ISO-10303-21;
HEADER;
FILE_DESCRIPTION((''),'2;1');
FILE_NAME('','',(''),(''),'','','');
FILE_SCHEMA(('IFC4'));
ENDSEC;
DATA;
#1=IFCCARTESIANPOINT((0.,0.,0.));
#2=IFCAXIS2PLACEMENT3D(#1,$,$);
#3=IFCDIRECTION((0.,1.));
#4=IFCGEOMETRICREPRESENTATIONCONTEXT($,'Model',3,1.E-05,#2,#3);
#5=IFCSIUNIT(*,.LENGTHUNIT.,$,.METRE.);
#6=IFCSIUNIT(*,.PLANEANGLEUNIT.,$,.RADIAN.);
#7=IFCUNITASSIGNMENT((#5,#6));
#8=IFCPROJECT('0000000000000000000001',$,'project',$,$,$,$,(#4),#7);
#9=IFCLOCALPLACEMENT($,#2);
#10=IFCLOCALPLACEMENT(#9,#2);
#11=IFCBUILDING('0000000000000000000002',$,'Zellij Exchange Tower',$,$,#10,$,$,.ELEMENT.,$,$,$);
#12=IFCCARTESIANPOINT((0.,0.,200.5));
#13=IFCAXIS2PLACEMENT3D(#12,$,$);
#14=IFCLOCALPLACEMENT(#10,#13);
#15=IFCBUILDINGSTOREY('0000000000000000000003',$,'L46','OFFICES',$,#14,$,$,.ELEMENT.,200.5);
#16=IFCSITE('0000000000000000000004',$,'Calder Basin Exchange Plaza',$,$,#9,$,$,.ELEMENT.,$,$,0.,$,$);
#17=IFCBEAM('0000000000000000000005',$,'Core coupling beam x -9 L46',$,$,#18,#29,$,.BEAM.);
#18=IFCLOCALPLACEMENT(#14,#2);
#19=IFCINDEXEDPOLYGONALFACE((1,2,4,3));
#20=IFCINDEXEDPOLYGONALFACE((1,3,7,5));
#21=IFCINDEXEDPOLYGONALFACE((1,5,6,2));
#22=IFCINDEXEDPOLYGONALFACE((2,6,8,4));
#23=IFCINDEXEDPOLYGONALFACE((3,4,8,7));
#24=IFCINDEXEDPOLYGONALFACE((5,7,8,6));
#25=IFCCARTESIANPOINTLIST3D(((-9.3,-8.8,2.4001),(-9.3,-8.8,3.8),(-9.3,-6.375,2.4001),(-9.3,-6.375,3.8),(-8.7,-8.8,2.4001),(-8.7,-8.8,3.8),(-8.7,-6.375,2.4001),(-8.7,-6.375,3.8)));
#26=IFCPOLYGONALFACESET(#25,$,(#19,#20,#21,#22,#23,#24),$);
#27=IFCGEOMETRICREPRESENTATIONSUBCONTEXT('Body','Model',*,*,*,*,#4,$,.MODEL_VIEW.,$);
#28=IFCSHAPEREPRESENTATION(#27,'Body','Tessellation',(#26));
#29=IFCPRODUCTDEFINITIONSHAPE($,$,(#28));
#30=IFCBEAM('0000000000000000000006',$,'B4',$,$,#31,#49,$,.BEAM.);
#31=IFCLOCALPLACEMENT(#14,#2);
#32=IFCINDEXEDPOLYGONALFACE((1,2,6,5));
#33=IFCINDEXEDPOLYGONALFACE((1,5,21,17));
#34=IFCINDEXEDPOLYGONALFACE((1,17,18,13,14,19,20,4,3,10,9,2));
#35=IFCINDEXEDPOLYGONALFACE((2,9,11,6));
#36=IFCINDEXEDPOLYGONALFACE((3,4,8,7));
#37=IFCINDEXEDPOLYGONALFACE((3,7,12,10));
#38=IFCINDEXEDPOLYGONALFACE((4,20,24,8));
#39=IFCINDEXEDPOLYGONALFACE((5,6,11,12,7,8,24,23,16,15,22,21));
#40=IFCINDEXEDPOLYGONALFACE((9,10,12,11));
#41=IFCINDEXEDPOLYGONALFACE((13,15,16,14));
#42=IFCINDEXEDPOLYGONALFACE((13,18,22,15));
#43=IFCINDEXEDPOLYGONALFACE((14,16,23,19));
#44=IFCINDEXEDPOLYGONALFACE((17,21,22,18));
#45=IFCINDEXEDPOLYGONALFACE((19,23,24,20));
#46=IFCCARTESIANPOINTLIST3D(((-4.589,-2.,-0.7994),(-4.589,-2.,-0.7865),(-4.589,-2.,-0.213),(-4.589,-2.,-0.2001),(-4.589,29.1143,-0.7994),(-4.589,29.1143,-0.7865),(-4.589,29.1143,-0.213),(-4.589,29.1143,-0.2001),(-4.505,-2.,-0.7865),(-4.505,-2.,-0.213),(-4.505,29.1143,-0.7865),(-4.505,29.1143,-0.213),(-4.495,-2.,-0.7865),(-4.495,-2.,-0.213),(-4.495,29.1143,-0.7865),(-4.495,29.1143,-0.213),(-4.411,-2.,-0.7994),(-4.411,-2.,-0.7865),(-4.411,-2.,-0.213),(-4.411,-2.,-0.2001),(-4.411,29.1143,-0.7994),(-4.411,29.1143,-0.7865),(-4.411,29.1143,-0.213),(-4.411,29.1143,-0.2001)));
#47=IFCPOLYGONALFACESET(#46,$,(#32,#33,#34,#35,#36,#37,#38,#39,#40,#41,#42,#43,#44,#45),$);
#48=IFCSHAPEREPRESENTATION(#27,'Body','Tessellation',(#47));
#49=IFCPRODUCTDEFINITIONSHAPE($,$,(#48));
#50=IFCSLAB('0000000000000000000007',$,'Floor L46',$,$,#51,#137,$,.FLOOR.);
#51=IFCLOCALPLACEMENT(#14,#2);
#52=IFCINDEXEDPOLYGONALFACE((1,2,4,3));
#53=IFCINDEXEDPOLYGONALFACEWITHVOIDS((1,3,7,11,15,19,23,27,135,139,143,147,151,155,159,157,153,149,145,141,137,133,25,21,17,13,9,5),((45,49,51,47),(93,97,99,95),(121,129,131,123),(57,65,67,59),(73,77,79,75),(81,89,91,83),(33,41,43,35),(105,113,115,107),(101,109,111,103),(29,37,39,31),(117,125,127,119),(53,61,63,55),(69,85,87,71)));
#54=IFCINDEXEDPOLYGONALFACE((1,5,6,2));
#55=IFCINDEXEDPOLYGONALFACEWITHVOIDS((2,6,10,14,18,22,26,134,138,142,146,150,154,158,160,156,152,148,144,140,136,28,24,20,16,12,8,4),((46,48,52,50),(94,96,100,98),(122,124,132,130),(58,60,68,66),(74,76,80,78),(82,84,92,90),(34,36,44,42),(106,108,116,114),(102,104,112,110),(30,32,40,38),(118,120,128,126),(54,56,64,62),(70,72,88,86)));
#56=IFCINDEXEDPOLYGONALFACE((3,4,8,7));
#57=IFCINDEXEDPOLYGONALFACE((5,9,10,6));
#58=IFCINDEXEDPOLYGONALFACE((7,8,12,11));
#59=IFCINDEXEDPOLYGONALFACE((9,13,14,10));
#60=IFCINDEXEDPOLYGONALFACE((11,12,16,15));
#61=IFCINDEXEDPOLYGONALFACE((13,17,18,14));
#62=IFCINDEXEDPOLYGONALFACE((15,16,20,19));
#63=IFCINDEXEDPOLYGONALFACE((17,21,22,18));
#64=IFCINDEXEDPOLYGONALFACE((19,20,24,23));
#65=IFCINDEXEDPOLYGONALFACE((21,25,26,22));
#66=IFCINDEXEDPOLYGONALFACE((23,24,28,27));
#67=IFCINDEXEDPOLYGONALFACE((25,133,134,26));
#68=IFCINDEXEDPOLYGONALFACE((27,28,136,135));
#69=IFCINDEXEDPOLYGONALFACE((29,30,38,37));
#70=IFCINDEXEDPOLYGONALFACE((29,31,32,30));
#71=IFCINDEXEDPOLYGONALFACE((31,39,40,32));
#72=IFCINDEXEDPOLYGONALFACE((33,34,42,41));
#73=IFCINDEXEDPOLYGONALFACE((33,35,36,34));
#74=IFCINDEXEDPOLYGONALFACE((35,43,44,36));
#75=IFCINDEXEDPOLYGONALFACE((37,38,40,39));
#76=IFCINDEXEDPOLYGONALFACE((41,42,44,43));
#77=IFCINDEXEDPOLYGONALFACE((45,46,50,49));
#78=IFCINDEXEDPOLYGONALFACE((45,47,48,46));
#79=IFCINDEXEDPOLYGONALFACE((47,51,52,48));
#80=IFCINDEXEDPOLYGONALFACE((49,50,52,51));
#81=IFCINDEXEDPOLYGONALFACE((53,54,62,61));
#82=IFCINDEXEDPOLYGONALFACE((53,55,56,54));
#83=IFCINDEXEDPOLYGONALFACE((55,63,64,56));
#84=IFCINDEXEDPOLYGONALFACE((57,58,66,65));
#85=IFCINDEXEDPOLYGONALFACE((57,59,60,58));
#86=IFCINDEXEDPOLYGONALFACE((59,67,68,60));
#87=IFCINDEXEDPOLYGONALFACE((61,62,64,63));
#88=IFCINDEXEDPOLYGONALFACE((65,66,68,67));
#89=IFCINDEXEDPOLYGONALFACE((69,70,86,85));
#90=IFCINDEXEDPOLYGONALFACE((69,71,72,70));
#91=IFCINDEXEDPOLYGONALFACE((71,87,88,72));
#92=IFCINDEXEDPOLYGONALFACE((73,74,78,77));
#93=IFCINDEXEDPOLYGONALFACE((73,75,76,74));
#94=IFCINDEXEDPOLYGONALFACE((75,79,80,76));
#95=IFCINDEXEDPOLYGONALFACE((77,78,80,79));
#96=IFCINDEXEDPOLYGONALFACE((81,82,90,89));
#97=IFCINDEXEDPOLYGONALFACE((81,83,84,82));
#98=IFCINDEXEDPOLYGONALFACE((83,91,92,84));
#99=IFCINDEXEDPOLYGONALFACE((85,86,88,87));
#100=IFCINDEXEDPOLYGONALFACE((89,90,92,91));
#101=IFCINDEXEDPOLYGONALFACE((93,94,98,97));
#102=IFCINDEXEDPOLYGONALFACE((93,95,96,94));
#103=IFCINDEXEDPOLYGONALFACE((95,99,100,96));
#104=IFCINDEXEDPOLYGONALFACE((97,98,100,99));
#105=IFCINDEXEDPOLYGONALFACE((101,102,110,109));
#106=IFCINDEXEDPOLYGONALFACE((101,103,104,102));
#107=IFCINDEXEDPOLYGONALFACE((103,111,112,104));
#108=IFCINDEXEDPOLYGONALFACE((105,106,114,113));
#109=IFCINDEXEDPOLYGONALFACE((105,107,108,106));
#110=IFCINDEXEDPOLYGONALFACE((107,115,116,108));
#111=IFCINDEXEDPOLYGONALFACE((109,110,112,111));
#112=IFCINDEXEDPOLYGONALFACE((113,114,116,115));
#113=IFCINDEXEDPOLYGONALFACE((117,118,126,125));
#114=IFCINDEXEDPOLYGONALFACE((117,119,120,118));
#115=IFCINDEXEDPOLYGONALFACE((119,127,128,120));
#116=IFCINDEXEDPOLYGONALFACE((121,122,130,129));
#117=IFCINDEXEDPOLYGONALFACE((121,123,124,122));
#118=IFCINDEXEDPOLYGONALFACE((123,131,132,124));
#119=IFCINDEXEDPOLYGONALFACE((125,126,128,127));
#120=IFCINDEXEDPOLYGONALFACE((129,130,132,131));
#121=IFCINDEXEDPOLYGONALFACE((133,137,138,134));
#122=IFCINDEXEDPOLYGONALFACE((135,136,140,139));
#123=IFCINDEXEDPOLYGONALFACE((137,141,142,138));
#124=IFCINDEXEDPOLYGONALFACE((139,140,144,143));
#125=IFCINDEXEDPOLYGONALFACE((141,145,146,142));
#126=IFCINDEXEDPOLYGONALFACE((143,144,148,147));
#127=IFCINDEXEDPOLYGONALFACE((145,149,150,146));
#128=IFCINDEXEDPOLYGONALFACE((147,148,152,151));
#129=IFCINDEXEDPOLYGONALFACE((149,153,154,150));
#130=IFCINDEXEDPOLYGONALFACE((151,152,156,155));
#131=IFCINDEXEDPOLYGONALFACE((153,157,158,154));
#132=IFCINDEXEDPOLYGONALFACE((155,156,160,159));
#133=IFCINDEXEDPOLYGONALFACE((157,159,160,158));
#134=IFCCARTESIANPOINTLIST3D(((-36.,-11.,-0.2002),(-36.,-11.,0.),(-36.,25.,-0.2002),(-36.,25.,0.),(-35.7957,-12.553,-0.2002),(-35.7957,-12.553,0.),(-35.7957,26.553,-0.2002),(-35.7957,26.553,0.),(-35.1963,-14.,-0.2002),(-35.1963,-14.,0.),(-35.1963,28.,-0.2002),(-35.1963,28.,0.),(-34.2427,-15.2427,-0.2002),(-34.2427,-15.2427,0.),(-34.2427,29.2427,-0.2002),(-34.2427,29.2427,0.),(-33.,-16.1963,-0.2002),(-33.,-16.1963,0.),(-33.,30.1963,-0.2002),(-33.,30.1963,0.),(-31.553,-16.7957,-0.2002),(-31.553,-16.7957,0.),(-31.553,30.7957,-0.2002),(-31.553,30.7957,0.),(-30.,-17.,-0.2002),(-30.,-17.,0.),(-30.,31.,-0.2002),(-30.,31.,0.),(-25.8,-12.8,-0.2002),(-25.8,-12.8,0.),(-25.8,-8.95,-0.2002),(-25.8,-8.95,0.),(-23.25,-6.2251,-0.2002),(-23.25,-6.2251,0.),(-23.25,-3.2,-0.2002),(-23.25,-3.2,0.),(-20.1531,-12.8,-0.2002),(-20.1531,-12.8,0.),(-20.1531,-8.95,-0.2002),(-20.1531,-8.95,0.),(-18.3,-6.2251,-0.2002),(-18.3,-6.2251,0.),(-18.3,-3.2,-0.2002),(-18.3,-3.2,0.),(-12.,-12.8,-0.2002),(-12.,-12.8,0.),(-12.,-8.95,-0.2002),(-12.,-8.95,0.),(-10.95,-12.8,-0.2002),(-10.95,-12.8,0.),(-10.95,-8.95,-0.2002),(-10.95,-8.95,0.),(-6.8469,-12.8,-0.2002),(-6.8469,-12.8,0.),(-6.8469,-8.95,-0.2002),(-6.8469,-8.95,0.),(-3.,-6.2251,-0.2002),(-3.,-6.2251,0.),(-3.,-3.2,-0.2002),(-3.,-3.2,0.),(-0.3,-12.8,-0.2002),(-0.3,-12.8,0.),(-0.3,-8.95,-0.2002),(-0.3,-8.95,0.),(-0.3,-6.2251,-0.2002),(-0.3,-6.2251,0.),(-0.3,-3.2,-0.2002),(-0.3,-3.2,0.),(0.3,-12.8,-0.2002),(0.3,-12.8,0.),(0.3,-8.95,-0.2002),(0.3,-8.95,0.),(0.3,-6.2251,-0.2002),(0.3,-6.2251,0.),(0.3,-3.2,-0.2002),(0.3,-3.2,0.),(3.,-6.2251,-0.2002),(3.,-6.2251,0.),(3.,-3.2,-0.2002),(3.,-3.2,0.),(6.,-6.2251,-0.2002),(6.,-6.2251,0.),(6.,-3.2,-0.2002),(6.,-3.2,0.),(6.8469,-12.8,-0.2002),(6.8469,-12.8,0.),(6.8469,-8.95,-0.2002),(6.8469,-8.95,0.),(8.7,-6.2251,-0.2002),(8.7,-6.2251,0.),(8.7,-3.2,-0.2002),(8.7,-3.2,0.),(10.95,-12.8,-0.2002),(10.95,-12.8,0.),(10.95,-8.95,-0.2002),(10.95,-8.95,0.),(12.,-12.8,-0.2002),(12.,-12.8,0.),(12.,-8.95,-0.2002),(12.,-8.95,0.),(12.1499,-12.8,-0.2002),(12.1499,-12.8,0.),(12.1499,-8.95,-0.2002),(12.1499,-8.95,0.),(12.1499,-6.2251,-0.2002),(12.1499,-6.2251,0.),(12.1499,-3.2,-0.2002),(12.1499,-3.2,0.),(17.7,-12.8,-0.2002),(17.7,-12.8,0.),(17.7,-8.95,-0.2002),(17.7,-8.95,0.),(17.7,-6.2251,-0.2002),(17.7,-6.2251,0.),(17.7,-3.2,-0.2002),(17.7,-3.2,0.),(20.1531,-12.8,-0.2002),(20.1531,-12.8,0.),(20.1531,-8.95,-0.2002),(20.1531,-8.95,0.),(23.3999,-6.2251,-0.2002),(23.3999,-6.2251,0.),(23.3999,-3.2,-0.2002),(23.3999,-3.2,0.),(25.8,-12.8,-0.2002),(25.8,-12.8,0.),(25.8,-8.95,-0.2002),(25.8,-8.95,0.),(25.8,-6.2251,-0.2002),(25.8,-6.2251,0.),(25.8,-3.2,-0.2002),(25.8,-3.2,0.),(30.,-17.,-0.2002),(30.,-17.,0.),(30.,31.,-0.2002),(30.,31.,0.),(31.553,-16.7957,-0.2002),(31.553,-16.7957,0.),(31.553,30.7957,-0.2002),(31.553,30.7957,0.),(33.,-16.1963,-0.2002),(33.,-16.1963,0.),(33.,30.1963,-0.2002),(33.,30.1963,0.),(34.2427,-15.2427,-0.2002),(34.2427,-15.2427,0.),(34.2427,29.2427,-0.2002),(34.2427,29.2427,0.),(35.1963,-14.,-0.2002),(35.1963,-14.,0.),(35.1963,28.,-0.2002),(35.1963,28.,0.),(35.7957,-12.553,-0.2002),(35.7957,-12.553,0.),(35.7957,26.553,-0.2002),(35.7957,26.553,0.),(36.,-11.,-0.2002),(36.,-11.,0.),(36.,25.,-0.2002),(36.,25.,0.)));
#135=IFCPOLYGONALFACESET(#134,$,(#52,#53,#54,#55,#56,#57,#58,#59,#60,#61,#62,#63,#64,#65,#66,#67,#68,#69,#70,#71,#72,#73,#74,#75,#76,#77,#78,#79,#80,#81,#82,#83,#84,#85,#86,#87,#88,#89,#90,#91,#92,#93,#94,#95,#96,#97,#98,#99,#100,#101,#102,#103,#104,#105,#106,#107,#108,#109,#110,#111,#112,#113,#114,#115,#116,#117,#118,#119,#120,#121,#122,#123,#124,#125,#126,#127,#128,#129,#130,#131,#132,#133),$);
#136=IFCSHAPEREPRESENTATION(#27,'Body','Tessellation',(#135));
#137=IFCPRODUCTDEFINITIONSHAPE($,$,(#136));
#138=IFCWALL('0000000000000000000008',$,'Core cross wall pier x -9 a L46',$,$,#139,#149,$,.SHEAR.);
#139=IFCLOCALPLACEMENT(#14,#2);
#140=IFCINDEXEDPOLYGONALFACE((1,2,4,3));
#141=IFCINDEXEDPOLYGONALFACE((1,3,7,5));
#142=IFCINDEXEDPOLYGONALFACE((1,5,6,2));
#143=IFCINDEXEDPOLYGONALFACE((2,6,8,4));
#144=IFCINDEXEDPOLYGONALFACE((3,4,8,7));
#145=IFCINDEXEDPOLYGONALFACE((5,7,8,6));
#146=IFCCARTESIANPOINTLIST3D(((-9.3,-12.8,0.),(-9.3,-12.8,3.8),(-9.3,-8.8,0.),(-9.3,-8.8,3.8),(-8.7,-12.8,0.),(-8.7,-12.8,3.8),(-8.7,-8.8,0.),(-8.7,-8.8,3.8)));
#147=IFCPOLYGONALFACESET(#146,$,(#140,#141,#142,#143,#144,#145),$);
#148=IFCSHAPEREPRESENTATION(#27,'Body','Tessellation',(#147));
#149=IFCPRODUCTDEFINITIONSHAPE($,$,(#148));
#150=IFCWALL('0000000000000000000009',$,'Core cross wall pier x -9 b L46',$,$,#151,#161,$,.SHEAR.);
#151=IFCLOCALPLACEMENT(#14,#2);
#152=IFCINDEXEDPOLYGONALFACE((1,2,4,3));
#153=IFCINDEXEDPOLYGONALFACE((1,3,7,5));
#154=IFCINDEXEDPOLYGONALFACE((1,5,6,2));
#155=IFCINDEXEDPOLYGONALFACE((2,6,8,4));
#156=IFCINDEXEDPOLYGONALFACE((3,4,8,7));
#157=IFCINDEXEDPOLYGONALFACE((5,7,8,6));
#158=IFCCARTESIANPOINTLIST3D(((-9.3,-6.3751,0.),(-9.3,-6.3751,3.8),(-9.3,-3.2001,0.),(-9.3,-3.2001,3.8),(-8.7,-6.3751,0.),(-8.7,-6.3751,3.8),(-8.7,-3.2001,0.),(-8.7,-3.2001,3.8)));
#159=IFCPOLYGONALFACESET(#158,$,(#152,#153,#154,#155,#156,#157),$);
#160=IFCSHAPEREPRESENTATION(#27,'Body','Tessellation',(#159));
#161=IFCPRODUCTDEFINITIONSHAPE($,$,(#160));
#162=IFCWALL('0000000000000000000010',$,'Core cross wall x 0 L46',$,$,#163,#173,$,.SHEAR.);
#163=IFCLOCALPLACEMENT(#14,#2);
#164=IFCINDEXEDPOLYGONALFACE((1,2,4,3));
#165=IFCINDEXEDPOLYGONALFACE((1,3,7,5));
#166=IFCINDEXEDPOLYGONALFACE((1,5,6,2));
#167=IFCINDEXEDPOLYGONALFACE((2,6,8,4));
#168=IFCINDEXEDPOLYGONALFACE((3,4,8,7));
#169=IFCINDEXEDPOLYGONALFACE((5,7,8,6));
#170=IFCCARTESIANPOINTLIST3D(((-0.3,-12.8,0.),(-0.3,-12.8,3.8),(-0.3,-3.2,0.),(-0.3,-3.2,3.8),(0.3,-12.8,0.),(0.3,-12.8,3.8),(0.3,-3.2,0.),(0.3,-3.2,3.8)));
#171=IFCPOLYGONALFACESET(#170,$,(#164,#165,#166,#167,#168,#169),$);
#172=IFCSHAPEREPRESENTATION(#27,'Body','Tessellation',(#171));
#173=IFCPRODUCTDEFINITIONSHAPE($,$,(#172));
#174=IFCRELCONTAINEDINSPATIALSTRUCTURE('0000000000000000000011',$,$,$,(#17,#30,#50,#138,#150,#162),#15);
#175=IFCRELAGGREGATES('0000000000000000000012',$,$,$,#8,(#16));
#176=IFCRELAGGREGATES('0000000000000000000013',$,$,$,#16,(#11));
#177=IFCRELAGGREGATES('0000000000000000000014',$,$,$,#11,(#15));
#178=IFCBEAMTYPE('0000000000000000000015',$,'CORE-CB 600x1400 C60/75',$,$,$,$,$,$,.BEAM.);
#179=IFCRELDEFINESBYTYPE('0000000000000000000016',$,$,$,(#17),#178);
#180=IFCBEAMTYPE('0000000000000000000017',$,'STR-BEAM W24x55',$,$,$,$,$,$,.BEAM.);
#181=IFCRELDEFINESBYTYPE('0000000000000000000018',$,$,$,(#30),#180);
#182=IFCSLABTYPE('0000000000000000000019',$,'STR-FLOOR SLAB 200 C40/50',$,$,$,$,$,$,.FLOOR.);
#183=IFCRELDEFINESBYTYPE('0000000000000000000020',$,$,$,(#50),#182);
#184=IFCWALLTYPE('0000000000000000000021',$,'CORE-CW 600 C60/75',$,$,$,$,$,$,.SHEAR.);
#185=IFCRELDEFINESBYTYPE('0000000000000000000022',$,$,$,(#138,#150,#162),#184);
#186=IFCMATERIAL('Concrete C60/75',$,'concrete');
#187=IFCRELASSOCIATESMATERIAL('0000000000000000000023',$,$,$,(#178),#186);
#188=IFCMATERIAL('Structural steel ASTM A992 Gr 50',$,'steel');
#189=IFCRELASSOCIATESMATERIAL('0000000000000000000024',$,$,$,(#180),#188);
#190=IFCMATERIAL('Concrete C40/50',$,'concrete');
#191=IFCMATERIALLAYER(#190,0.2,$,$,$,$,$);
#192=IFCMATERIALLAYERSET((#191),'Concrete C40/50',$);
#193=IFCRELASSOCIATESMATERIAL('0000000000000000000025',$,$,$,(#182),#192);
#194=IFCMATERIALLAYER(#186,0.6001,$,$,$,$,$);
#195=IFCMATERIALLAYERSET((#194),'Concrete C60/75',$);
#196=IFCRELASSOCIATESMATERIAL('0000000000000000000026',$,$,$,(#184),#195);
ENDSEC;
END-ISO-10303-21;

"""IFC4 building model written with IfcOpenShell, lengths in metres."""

from ifc_helpers import new_model, si_unit, direction, frame, frame_2d, origin, origin_2d, place, context, subcontext, project, spatial, polyline, rectangle, i_section, outline, extrude, material, layer, layer_set, material_profile, profile_set, type_object, element, save


model = new_model("IFC4")

# Units and contexts
model_context = context("Model", 3, precision=1e-05, world=origin(), true_north=direction((0.0, 1.0)))
body_context = subcontext(model_context, "Body", "Model", "MODEL_VIEW")
ifc_project = project(units=[si_unit("LENGTHUNIT", "METRE"), si_unit("PLANEANGLEUNIT", "RADIAN")], contexts=[model_context])

# Site, building, storey
site_placement = place(None, origin())
site = spatial("IfcSite", under=ifc_project, at=site_placement, Name="Calder Basin Exchange Plaza", CompositionType="ELEMENT", RefElevation=0.0)
building_placement = place(site_placement, origin())
building = spatial("IfcBuilding", under=site, at=building_placement, Name="Zellij Exchange Tower", CompositionType="ELEMENT")
storey_placement = place(building_placement, frame((0.0, 0.0, 200.5)))
storey = spatial("IfcBuildingStorey", under=building, at=storey_placement, Name="L46", Description="OFFICES", CompositionType="ELEMENT", Elevation=200.5)

# Beams
ifc_material_1 = material(Name="Concrete C60/75", Category="concrete")
ifc_material_profile_1 = material_profile(ifc_material_1, rectangle(XDim=0.6001, YDim=1.3999, at=origin_2d()), Name="CORE-CB 600x1400 C60/75")
ifc_profile_set_1 = profile_set([ifc_material_profile_1], Name="Concrete C60/75")
beam_type_1 = type_object("IfcBeamType", Name="CORE-CB 600x1400 C60/75", PredefinedType="BEAM", material=ifc_profile_set_1)
beam_1_placement = place(storey_placement, frame((-9.0, -8.8, 3.1001), z_axis=(0.0, 1.0, 0.0), x_axis=(-1.0, 0.0, 0.0)))
element("IfcBeam", 1, at=beam_1_placement, inside=storey, type_object=beam_type_1, Name="Core coupling beam x -9 L46", PredefinedType="BEAM", context=body_context, shape_type="SweptSolid", body=[
    extrude(rectangle(XDim=0.6001, YDim=1.3999, at=origin_2d()), origin(), (0.0, 0.0, 1.0), 2.425),
])
ifc_material_2 = material(Name="Structural steel ASTM A992 Gr 50", Category="steel")
ifc_material_profile_2 = material_profile(ifc_material_2, i_section(OverallWidth=0.178, OverallDepth=0.5994, WebThickness=0.01, FlangeThickness=0.0129, at=origin_2d()), Name="W24x55")
ifc_profile_set_2 = profile_set([ifc_material_profile_2], Name="Structural steel ASTM A992 Gr 50")
beam_type_2 = type_object("IfcBeamType", Name="STR-BEAM W24x55", PredefinedType="BEAM", material=ifc_profile_set_2)
beam_2_placement = place(storey_placement, frame((-4.5, -2.0, -0.4998), z_axis=(0.0, 1.0, 0.0), x_axis=(-1.0, 0.0, 0.0)))
element("IfcBeam", 2, at=beam_2_placement, inside=storey, type_object=beam_type_2, Name="B4", PredefinedType="BEAM", context=body_context, shape_type="SweptSolid", body=[
    extrude(i_section(OverallWidth=0.178, OverallDepth=0.5994, WebThickness=0.01, FlangeThickness=0.0129, at=origin_2d()), origin(), (0.0, 0.0, 1.0), 31.1143),
])

# Slab
ifc_material_3 = material(Name="Concrete C40/50", Category="concrete")
ifc_layer_1 = layer(ifc_material_3, 0.2)
ifc_layer_set_1 = layer_set([ifc_layer_1], Name="Concrete C40/50")
slab_type = type_object("IfcSlabType", Name="STR-FLOOR SLAB 200 C40/50", PredefinedType="FLOOR", material=ifc_layer_set_1)
slab_placement = place(storey_placement, frame((0.0, 0.0, -0.2002)))
element("IfcSlab", 3, at=slab_placement, inside=storey, type_object=slab_type, Name="Floor L46", PredefinedType="FLOOR", context=body_context, shape_type="SweptSolid", body=[
    extrude(outline(polyline([(-30.0, -17.0), (-31.553, -16.7957), (-33.0, -16.1963), (-34.2427, -15.2427), (-35.1963, -14.0), (-35.7957, -12.553), (-36.0, -11.0), (-36.0, 25.0), (-35.7957, 26.553), (-35.1963, 28.0), (-34.2427, 29.2427), (-33.0, 30.1963), (-31.553, 30.7957), (-30.0, 31.0), (30.0, 31.0), (31.553, 30.7957), (33.0, 30.1963), (34.2427, 29.2427), (35.1963, 28.0), (35.7957, 26.553), (36.0, 25.0), (36.0, -11.0), (35.7957, -12.553), (35.1963, -14.0), (34.2427, -15.2427), (33.0, -16.1963), (31.553, -16.7957), (30.0, -17.0), (-30.0, -17.0)]), holes=[polyline([(-25.8, -8.95), (-25.8, -12.8), (-20.1531, -12.8), (-20.1531, -8.95), (-25.8, -8.95)]), polyline([(-10.95, -8.95), (-12.0, -8.95), (-12.0, -12.8), (-10.95, -12.8), (-10.95, -8.95)]), polyline([(-0.3, -8.95), (-6.8469, -8.95), (-6.8469, -12.8), (-0.3, -12.8), (-0.3, -8.95)]), polyline([(0.3, -8.95), (0.3, -12.8), (6.8469, -12.8), (6.8469, -8.95), (0.3, -8.95)]), polyline([(-18.3, -3.2), (-23.25, -3.2), (-23.25, -6.2251), (-18.3, -6.2251), (-18.3, -3.2)]), polyline([(-0.3, -3.2), (-3.0, -3.2), (-3.0, -6.2251), (-0.3, -6.2251), (-0.3, -3.2)]), polyline([(0.3, -3.2), (0.3, -6.2251), (3.0, -6.2251), (3.0, -3.2), (0.3, -3.2)]), polyline([(12.0, -8.95), (10.95, -8.95), (10.95, -12.8), (12.0, -12.8), (12.0, -8.95)]), polyline([(17.7, -8.95), (12.1499, -8.95), (12.1499, -12.8), (17.7, -12.8), (17.7, -8.95)]), polyline([(25.8, -8.95), (20.1531, -8.95), (20.1531, -12.8), (25.8, -12.8), (25.8, -8.95)]), polyline([(8.7, -3.2), (6.0, -3.2), (6.0, -6.2251), (8.7, -6.2251), (8.7, -3.2)]), polyline([(17.7, -3.2), (12.1499, -3.2), (12.1499, -6.2251), (17.7, -6.2251), (17.7, -3.2)]), polyline([(25.8, -3.2), (23.3999, -3.2), (23.3999, -6.2251), (25.8, -6.2251), (25.8, -3.2)])]), origin(), (0.0, 0.0, 1.0), 0.2002),
])

# Walls
ifc_layer_2 = layer(ifc_material_1, 0.6001)
ifc_layer_set_2 = layer_set([ifc_layer_2], Name="Concrete C60/75")
wall_type_1 = type_object("IfcWallType", Name="CORE-CW 600 C60/75", PredefinedType="SHEAR", material=ifc_layer_set_2)
wall_1_placement = place(storey_placement, frame((-9.0, -12.8, 0.0), z_axis=(0.0, 0.0, 1.0), x_axis=(0.0, 1.0, 0.0)))
element("IfcWall", 4, at=wall_1_placement, inside=storey, type_object=wall_type_1, Name="Core cross wall pier x -9 a L46", PredefinedType="SHEAR", context=body_context, shape_type="SweptSolid", body=[
    extrude(rectangle(XDim=4.0, YDim=0.6001, at=frame_2d((2.0, 0.0))), origin(), (0.0, 0.0, 1.0), 3.8),
])
wall_2_placement = place(storey_placement, frame((-9.0, -6.375, 0.0), z_axis=(0.0, 0.0, 1.0), x_axis=(0.0, 1.0, 0.0)))
element("IfcWall", 5, at=wall_2_placement, inside=storey, type_object=wall_type_1, Name="Core cross wall pier x -9 b L46", PredefinedType="SHEAR", context=body_context, shape_type="SweptSolid", body=[
    extrude(rectangle(XDim=3.175, YDim=0.6001, at=frame_2d((1.5874, 0.0))), origin(), (0.0, 0.0, 1.0), 3.8),
])
wall_3_placement = place(storey_placement, frame((0.0, -12.8, 0.0), z_axis=(0.0, 0.0, 1.0), x_axis=(0.0, 1.0, 0.0)))
element("IfcWall", 6, at=wall_3_placement, inside=storey, type_object=wall_type_1, Name="Core cross wall x 0 L46", PredefinedType="SHEAR", context=body_context, shape_type="SweptSolid", body=[
    extrude(rectangle(XDim=9.6001, YDim=0.6001, at=frame_2d((4.8, 0.0))), origin(), (0.0, 0.0, 1.0), 3.8),
])

save(model, "model.ifc")
